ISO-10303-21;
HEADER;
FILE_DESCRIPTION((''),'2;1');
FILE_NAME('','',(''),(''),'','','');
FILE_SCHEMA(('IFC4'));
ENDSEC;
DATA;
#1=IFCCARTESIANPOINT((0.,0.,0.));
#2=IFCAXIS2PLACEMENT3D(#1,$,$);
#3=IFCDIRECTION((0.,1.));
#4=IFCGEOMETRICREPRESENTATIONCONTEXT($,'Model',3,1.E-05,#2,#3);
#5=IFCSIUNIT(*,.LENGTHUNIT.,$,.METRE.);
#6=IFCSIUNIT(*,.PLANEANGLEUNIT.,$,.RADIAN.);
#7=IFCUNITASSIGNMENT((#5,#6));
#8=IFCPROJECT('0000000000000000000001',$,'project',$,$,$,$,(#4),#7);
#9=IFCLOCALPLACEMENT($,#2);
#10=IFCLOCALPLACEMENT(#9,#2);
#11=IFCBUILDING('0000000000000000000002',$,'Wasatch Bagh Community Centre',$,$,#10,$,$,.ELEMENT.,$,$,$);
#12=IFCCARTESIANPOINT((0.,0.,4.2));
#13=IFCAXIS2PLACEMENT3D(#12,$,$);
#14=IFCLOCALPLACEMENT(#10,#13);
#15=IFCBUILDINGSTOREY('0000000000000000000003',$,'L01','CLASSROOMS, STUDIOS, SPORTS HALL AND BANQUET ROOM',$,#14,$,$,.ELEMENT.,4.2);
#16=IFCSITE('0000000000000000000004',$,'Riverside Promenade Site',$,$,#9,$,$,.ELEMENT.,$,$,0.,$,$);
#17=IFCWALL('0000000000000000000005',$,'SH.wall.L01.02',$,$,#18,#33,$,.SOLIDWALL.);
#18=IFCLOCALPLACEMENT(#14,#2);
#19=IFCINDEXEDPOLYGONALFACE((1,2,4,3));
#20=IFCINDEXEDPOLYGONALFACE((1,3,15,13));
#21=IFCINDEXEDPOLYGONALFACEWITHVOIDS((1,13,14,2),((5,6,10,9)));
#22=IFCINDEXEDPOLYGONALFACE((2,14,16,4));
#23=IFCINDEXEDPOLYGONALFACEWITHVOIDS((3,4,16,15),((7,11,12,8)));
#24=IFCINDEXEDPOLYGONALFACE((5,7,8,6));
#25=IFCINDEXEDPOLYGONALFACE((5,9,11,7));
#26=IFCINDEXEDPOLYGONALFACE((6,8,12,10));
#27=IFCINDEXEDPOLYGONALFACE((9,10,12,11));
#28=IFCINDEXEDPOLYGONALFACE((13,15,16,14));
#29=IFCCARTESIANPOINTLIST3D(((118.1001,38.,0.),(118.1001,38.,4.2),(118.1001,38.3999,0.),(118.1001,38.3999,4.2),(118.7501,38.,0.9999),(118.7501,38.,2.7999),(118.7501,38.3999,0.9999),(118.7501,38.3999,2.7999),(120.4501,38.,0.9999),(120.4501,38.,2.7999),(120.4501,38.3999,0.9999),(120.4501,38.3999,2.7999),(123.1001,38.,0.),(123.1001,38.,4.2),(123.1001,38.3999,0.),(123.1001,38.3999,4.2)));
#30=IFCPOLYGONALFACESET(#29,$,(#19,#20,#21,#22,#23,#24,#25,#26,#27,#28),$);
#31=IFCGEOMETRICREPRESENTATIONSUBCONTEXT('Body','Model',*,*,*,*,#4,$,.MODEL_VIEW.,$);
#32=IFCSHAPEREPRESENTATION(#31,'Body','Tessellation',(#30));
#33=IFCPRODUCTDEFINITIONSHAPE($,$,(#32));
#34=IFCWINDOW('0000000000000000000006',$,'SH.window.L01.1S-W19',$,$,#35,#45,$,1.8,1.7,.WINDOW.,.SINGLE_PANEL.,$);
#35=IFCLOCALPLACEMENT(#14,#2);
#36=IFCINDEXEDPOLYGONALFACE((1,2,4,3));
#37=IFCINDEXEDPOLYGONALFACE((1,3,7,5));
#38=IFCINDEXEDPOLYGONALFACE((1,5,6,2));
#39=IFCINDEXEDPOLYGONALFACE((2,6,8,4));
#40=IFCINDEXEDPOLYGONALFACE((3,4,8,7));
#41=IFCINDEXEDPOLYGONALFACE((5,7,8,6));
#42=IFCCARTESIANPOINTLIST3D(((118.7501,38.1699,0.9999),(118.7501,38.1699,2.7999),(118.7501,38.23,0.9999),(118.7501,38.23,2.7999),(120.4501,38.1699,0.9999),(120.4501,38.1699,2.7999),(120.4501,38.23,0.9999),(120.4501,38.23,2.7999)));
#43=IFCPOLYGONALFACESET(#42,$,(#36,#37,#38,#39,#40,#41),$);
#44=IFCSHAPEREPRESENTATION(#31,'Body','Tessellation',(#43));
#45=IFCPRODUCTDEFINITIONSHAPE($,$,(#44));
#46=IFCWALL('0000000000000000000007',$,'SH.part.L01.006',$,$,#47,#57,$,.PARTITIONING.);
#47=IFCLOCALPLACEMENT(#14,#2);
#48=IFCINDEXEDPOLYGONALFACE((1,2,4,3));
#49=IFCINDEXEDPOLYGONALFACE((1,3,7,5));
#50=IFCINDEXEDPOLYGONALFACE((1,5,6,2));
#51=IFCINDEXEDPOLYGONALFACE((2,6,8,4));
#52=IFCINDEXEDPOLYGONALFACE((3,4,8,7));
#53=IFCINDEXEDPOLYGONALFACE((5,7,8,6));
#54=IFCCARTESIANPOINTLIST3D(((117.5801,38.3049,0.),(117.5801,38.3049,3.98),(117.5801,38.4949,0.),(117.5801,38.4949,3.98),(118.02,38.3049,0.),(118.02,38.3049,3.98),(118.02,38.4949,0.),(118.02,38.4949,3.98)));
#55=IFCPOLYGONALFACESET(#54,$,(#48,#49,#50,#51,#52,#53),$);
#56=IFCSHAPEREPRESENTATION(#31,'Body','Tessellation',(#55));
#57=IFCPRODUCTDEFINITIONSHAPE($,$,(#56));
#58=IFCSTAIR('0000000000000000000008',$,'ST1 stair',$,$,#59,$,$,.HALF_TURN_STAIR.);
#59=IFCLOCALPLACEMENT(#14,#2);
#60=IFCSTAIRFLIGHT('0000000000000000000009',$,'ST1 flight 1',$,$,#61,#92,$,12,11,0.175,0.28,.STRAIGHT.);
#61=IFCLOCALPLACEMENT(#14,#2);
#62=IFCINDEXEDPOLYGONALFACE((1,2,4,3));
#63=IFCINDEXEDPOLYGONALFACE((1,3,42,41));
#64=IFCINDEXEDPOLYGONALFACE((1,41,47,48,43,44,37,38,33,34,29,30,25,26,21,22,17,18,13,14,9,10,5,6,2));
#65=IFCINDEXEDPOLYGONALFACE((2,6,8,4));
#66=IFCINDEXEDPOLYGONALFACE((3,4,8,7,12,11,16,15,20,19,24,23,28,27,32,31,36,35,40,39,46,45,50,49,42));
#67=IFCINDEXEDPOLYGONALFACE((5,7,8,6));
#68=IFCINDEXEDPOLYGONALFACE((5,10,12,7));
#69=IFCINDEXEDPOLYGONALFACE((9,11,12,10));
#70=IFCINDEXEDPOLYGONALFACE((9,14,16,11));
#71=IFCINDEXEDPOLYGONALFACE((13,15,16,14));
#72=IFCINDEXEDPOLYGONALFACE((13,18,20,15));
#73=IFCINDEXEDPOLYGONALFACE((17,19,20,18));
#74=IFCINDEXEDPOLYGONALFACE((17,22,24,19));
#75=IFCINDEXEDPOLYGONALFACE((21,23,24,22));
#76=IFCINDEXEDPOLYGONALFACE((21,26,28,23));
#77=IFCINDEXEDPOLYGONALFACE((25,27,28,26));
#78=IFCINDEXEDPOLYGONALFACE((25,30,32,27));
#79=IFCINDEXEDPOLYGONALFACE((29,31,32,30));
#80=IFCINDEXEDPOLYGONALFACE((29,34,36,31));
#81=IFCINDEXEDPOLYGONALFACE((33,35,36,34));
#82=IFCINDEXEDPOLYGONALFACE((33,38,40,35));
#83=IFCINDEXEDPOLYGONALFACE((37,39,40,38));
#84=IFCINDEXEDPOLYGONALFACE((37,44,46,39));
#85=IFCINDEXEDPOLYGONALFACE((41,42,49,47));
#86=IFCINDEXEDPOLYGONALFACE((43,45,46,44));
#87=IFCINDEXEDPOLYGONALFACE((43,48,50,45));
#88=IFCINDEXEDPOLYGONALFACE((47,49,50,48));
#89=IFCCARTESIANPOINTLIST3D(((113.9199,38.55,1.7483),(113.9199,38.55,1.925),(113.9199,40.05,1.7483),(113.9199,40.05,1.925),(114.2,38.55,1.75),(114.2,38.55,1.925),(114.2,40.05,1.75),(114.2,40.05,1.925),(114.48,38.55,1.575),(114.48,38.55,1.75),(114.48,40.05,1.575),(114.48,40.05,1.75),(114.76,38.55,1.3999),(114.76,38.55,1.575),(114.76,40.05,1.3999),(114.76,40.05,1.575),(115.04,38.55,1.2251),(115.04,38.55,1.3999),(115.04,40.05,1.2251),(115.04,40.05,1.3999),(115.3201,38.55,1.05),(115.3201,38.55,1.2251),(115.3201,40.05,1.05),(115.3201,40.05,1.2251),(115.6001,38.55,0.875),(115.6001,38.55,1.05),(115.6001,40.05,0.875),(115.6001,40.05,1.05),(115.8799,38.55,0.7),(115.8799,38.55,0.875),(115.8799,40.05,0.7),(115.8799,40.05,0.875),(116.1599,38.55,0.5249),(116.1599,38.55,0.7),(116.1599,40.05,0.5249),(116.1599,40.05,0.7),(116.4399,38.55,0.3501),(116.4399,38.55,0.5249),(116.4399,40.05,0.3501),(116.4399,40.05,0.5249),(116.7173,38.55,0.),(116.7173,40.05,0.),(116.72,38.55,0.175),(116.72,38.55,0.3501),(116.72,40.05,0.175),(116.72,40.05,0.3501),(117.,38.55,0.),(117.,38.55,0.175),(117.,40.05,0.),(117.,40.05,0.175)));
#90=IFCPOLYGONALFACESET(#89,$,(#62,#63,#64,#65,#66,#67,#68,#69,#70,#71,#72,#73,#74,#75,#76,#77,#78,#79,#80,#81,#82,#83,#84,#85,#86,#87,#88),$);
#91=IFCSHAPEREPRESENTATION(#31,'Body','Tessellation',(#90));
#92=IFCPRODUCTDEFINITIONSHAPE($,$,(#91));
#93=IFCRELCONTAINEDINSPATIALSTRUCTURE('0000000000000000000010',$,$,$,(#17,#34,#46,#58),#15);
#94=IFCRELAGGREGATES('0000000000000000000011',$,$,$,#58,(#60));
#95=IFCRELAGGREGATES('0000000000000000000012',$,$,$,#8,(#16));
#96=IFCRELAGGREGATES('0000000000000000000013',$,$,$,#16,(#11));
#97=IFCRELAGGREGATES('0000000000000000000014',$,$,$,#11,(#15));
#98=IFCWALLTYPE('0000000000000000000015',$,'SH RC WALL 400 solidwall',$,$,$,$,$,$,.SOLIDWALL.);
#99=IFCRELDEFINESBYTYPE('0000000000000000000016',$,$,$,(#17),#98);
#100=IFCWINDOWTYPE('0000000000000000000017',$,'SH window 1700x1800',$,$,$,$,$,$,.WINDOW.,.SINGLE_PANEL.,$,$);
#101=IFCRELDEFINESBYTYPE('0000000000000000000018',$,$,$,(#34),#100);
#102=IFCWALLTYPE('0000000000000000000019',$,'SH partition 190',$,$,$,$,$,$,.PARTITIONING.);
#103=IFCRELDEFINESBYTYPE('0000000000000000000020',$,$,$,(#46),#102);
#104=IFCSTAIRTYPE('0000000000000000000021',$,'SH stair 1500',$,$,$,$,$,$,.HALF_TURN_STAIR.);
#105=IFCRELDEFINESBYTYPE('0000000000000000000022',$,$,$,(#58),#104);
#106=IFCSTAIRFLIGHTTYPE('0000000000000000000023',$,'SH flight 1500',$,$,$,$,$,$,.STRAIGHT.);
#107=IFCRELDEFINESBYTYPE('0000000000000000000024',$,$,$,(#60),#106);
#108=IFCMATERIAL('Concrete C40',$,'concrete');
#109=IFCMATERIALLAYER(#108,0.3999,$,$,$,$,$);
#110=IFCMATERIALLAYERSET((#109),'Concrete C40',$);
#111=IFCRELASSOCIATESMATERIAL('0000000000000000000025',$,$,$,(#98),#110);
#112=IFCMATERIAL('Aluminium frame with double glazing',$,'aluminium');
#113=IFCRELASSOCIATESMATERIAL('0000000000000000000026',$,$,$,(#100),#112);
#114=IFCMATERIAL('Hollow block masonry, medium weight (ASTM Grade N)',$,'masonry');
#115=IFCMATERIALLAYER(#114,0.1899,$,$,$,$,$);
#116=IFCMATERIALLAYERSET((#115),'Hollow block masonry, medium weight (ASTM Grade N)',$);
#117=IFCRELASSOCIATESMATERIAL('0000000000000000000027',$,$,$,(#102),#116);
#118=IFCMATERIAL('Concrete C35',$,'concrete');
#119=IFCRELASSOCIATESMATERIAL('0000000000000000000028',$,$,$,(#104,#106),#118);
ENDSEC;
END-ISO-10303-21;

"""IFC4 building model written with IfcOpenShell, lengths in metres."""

from ifc_helpers import new_model, si_unit, direction, frame, frame_2d, origin, place, context, subcontext, project, spatial, polyline, rectangle, outline, extrude, material, layer, layer_set, type_object, element, fill, aggregate, save


model = new_model("IFC4")

# Units and contexts
model_context = context("Model", 3, precision=1e-05, world=origin(), true_north=direction((0.0, 1.0)))
body_context = subcontext(model_context, "Body", "Model", "MODEL_VIEW")
ifc_project = project(units=[si_unit("LENGTHUNIT", "METRE"), si_unit("PLANEANGLEUNIT", "RADIAN")], contexts=[model_context])

# Site, building, storey
site_placement = place(None, origin())
site = spatial("IfcSite", under=ifc_project, at=site_placement, Name="Riverside Promenade Site", CompositionType="ELEMENT", RefElevation=0.0)
building_placement = place(site_placement, origin())
building = spatial("IfcBuilding", under=site, at=building_placement, Name="Wasatch Bagh Community Centre", CompositionType="ELEMENT")
storey_placement = place(building_placement, frame((0.0, 0.0, 4.2)))
storey = spatial("IfcBuildingStorey", under=building, at=storey_placement, Name="L01", Description="CLASSROOMS, STUDIOS, SPORTS HALL AND BANQUET ROOM", CompositionType="ELEMENT", Elevation=4.2)

# Shared definitions
ifc_material_1 = material(Name="Concrete C40", Category="concrete")

# Shared definitions
ifc_material_2 = material(Name="Concrete C35", Category="concrete")

# Shared definitions
ifc_layer_1 = layer(ifc_material_1, 0.3999)
ifc_layer_set_1 = layer_set([ifc_layer_1], Name="Concrete C40")
wall_type_1 = type_object("IfcWallType", Name="SH RC WALL 400 solidwall", PredefinedType="SOLIDWALL", material=ifc_layer_set_1)

# Wall, opening, window
wall_1_placement = place(storey_placement, frame((123.1001, 38.2, 0.0), z_axis=(0.0, 0.0, 1.0), x_axis=(-1.0, 0.0, 0.0)))
wall_1 = element("IfcWall", 1, at=wall_1_placement, inside=storey, type_object=wall_type_1, Name="SH.wall.L01.02", PredefinedType="SOLIDWALL", context=body_context, shape_type="SweptSolid", body=[
    extrude(rectangle(XDim=5.0, YDim=0.3999, at=frame_2d((2.5, 0.0))), origin(), (0.0, 0.0, 1.0), 4.2),
])
opening_1_placement = place(wall_1_placement, frame((2.6499, 0.0, 1.0)))
opening_1 = element("IfcOpeningElement", 2, at=opening_1_placement, cuts=wall_1, PredefinedType="OPENING", context=body_context, shape_type="SweptSolid", body=[
    extrude(rectangle(XDim=1.7, YDim=1.8, at=frame_2d((0.8501, 0.8999))), frame((0.0, 0.21, 0.0), z_axis=(0.0, -1.0, 0.0), x_axis=(1.0, 0.0, 0.0)), (0.0, 0.0, 1.0), 0.4199),
])
ifc_material_3 = material(Name="Aluminium frame with double glazing", Category="aluminium")
window_type = type_object("IfcWindowType", Name="SH window 1700x1800", PartitioningType="SINGLE_PANEL", PredefinedType="WINDOW", material=ifc_material_3)
window_placement = place(opening_1_placement, origin())
window = element("IfcWindow", 3, at=window_placement, inside=storey, type_object=window_type, Name="SH.window.L01.1S-W19", OverallHeight=1.8, OverallWidth=1.7, PartitioningType="SINGLE_PANEL", PredefinedType="WINDOW", context=body_context, shape_type="SweptSolid", body=[
    extrude(rectangle(XDim=1.7, YDim=1.8, at=frame_2d((0.8501, 0.8999))), frame((0.0, 0.03, 0.0), z_axis=(0.0, -1.0, 0.0), x_axis=(1.0, 0.0, 0.0)), (0.0, 0.0, 1.0), 0.0601),
])
fill(opening_1, window)

# Wall
ifc_material_4 = material(Name="Hollow block masonry, medium weight (ASTM Grade N)", Category="masonry")
ifc_layer_2 = layer(ifc_material_4, 0.1899)
ifc_layer_set_2 = layer_set([ifc_layer_2], Name="Hollow block masonry, medium weight (ASTM Grade N)")
wall_type_2 = type_object("IfcWallType", Name="SH partition 190", PredefinedType="PARTITIONING", material=ifc_layer_set_2)
wall_2_placement = place(storey_placement, frame((117.5801, 38.3999, 0.0), z_axis=(0.0, 0.0, 1.0), x_axis=(1.0, 0.0, 0.0)))
element("IfcWall", 4, at=wall_2_placement, inside=storey, type_object=wall_type_2, Name="SH.part.L01.006", PredefinedType="PARTITIONING", context=body_context, shape_type="SweptSolid", body=[
    extrude(rectangle(XDim=0.4399, YDim=0.1899, at=frame_2d((0.22, 0.0))), origin(), (0.0, 0.0, 1.0), 3.98),
])

# Stair, stair flight
stair_type = type_object("IfcStairType", Name="SH stair 1500", PredefinedType="HALF_TURN_STAIR", material=ifc_material_2)
stair_placement = place(storey_placement, origin())
stair = element("IfcStair", 5, at=stair_placement, inside=storey, type_object=stair_type, Name="ST1 stair", PredefinedType="HALF_TURN_STAIR")
stair_flight_type = type_object("IfcStairFlightType", Name="SH flight 1500", PredefinedType="STRAIGHT", material=ifc_material_2)
stair_flight_placement = place(storey_placement, frame((117.0, 39.3, 0.0), z_axis=(0.0, 0.0, 1.0), x_axis=(-1.0, 0.0, 0.0)))
stair_flight = element("IfcStairFlight", 6, at=stair_flight_placement, type_object=stair_flight_type, Name="ST1 flight 1", NumberOfRisers=12, NumberOfTreads=11, PredefinedType="STRAIGHT", RiserHeight=0.175, TreadLength=0.28, context=body_context, shape_type="SweptSolid", body=[
    extrude(outline(polyline([(0.0, 0.0), (0.0, 0.175), (0.28, 0.175), (0.28, 0.3501), (0.5601, 0.3501), (0.5601, 0.5249), (0.8401, 0.5249), (0.8401, 0.7), (1.1201, 0.7), (1.1201, 0.875), (1.3999, 0.875), (1.3999, 1.05), (1.6799, 1.05), (1.6799, 1.2251), (1.96, 1.2251), (1.96, 1.3999), (2.24, 1.3999), (2.24, 1.575), (2.52, 1.575), (2.52, 1.75), (2.8, 1.75), (2.8, 1.925), (3.0801, 1.925), (3.0801, 2.1001), (3.0801, 1.7483), (0.2827, 0.0), (0.0, 0.0)])), frame((0.0, 0.75, 0.0), z_axis=(0.0, -1.0, 0.0), x_axis=(1.0, 0.0, 0.0)), (0.0, 0.0, 1.0), 1.5),
])
aggregate(stair, [stair_flight])

save(model, "model.ifc")
